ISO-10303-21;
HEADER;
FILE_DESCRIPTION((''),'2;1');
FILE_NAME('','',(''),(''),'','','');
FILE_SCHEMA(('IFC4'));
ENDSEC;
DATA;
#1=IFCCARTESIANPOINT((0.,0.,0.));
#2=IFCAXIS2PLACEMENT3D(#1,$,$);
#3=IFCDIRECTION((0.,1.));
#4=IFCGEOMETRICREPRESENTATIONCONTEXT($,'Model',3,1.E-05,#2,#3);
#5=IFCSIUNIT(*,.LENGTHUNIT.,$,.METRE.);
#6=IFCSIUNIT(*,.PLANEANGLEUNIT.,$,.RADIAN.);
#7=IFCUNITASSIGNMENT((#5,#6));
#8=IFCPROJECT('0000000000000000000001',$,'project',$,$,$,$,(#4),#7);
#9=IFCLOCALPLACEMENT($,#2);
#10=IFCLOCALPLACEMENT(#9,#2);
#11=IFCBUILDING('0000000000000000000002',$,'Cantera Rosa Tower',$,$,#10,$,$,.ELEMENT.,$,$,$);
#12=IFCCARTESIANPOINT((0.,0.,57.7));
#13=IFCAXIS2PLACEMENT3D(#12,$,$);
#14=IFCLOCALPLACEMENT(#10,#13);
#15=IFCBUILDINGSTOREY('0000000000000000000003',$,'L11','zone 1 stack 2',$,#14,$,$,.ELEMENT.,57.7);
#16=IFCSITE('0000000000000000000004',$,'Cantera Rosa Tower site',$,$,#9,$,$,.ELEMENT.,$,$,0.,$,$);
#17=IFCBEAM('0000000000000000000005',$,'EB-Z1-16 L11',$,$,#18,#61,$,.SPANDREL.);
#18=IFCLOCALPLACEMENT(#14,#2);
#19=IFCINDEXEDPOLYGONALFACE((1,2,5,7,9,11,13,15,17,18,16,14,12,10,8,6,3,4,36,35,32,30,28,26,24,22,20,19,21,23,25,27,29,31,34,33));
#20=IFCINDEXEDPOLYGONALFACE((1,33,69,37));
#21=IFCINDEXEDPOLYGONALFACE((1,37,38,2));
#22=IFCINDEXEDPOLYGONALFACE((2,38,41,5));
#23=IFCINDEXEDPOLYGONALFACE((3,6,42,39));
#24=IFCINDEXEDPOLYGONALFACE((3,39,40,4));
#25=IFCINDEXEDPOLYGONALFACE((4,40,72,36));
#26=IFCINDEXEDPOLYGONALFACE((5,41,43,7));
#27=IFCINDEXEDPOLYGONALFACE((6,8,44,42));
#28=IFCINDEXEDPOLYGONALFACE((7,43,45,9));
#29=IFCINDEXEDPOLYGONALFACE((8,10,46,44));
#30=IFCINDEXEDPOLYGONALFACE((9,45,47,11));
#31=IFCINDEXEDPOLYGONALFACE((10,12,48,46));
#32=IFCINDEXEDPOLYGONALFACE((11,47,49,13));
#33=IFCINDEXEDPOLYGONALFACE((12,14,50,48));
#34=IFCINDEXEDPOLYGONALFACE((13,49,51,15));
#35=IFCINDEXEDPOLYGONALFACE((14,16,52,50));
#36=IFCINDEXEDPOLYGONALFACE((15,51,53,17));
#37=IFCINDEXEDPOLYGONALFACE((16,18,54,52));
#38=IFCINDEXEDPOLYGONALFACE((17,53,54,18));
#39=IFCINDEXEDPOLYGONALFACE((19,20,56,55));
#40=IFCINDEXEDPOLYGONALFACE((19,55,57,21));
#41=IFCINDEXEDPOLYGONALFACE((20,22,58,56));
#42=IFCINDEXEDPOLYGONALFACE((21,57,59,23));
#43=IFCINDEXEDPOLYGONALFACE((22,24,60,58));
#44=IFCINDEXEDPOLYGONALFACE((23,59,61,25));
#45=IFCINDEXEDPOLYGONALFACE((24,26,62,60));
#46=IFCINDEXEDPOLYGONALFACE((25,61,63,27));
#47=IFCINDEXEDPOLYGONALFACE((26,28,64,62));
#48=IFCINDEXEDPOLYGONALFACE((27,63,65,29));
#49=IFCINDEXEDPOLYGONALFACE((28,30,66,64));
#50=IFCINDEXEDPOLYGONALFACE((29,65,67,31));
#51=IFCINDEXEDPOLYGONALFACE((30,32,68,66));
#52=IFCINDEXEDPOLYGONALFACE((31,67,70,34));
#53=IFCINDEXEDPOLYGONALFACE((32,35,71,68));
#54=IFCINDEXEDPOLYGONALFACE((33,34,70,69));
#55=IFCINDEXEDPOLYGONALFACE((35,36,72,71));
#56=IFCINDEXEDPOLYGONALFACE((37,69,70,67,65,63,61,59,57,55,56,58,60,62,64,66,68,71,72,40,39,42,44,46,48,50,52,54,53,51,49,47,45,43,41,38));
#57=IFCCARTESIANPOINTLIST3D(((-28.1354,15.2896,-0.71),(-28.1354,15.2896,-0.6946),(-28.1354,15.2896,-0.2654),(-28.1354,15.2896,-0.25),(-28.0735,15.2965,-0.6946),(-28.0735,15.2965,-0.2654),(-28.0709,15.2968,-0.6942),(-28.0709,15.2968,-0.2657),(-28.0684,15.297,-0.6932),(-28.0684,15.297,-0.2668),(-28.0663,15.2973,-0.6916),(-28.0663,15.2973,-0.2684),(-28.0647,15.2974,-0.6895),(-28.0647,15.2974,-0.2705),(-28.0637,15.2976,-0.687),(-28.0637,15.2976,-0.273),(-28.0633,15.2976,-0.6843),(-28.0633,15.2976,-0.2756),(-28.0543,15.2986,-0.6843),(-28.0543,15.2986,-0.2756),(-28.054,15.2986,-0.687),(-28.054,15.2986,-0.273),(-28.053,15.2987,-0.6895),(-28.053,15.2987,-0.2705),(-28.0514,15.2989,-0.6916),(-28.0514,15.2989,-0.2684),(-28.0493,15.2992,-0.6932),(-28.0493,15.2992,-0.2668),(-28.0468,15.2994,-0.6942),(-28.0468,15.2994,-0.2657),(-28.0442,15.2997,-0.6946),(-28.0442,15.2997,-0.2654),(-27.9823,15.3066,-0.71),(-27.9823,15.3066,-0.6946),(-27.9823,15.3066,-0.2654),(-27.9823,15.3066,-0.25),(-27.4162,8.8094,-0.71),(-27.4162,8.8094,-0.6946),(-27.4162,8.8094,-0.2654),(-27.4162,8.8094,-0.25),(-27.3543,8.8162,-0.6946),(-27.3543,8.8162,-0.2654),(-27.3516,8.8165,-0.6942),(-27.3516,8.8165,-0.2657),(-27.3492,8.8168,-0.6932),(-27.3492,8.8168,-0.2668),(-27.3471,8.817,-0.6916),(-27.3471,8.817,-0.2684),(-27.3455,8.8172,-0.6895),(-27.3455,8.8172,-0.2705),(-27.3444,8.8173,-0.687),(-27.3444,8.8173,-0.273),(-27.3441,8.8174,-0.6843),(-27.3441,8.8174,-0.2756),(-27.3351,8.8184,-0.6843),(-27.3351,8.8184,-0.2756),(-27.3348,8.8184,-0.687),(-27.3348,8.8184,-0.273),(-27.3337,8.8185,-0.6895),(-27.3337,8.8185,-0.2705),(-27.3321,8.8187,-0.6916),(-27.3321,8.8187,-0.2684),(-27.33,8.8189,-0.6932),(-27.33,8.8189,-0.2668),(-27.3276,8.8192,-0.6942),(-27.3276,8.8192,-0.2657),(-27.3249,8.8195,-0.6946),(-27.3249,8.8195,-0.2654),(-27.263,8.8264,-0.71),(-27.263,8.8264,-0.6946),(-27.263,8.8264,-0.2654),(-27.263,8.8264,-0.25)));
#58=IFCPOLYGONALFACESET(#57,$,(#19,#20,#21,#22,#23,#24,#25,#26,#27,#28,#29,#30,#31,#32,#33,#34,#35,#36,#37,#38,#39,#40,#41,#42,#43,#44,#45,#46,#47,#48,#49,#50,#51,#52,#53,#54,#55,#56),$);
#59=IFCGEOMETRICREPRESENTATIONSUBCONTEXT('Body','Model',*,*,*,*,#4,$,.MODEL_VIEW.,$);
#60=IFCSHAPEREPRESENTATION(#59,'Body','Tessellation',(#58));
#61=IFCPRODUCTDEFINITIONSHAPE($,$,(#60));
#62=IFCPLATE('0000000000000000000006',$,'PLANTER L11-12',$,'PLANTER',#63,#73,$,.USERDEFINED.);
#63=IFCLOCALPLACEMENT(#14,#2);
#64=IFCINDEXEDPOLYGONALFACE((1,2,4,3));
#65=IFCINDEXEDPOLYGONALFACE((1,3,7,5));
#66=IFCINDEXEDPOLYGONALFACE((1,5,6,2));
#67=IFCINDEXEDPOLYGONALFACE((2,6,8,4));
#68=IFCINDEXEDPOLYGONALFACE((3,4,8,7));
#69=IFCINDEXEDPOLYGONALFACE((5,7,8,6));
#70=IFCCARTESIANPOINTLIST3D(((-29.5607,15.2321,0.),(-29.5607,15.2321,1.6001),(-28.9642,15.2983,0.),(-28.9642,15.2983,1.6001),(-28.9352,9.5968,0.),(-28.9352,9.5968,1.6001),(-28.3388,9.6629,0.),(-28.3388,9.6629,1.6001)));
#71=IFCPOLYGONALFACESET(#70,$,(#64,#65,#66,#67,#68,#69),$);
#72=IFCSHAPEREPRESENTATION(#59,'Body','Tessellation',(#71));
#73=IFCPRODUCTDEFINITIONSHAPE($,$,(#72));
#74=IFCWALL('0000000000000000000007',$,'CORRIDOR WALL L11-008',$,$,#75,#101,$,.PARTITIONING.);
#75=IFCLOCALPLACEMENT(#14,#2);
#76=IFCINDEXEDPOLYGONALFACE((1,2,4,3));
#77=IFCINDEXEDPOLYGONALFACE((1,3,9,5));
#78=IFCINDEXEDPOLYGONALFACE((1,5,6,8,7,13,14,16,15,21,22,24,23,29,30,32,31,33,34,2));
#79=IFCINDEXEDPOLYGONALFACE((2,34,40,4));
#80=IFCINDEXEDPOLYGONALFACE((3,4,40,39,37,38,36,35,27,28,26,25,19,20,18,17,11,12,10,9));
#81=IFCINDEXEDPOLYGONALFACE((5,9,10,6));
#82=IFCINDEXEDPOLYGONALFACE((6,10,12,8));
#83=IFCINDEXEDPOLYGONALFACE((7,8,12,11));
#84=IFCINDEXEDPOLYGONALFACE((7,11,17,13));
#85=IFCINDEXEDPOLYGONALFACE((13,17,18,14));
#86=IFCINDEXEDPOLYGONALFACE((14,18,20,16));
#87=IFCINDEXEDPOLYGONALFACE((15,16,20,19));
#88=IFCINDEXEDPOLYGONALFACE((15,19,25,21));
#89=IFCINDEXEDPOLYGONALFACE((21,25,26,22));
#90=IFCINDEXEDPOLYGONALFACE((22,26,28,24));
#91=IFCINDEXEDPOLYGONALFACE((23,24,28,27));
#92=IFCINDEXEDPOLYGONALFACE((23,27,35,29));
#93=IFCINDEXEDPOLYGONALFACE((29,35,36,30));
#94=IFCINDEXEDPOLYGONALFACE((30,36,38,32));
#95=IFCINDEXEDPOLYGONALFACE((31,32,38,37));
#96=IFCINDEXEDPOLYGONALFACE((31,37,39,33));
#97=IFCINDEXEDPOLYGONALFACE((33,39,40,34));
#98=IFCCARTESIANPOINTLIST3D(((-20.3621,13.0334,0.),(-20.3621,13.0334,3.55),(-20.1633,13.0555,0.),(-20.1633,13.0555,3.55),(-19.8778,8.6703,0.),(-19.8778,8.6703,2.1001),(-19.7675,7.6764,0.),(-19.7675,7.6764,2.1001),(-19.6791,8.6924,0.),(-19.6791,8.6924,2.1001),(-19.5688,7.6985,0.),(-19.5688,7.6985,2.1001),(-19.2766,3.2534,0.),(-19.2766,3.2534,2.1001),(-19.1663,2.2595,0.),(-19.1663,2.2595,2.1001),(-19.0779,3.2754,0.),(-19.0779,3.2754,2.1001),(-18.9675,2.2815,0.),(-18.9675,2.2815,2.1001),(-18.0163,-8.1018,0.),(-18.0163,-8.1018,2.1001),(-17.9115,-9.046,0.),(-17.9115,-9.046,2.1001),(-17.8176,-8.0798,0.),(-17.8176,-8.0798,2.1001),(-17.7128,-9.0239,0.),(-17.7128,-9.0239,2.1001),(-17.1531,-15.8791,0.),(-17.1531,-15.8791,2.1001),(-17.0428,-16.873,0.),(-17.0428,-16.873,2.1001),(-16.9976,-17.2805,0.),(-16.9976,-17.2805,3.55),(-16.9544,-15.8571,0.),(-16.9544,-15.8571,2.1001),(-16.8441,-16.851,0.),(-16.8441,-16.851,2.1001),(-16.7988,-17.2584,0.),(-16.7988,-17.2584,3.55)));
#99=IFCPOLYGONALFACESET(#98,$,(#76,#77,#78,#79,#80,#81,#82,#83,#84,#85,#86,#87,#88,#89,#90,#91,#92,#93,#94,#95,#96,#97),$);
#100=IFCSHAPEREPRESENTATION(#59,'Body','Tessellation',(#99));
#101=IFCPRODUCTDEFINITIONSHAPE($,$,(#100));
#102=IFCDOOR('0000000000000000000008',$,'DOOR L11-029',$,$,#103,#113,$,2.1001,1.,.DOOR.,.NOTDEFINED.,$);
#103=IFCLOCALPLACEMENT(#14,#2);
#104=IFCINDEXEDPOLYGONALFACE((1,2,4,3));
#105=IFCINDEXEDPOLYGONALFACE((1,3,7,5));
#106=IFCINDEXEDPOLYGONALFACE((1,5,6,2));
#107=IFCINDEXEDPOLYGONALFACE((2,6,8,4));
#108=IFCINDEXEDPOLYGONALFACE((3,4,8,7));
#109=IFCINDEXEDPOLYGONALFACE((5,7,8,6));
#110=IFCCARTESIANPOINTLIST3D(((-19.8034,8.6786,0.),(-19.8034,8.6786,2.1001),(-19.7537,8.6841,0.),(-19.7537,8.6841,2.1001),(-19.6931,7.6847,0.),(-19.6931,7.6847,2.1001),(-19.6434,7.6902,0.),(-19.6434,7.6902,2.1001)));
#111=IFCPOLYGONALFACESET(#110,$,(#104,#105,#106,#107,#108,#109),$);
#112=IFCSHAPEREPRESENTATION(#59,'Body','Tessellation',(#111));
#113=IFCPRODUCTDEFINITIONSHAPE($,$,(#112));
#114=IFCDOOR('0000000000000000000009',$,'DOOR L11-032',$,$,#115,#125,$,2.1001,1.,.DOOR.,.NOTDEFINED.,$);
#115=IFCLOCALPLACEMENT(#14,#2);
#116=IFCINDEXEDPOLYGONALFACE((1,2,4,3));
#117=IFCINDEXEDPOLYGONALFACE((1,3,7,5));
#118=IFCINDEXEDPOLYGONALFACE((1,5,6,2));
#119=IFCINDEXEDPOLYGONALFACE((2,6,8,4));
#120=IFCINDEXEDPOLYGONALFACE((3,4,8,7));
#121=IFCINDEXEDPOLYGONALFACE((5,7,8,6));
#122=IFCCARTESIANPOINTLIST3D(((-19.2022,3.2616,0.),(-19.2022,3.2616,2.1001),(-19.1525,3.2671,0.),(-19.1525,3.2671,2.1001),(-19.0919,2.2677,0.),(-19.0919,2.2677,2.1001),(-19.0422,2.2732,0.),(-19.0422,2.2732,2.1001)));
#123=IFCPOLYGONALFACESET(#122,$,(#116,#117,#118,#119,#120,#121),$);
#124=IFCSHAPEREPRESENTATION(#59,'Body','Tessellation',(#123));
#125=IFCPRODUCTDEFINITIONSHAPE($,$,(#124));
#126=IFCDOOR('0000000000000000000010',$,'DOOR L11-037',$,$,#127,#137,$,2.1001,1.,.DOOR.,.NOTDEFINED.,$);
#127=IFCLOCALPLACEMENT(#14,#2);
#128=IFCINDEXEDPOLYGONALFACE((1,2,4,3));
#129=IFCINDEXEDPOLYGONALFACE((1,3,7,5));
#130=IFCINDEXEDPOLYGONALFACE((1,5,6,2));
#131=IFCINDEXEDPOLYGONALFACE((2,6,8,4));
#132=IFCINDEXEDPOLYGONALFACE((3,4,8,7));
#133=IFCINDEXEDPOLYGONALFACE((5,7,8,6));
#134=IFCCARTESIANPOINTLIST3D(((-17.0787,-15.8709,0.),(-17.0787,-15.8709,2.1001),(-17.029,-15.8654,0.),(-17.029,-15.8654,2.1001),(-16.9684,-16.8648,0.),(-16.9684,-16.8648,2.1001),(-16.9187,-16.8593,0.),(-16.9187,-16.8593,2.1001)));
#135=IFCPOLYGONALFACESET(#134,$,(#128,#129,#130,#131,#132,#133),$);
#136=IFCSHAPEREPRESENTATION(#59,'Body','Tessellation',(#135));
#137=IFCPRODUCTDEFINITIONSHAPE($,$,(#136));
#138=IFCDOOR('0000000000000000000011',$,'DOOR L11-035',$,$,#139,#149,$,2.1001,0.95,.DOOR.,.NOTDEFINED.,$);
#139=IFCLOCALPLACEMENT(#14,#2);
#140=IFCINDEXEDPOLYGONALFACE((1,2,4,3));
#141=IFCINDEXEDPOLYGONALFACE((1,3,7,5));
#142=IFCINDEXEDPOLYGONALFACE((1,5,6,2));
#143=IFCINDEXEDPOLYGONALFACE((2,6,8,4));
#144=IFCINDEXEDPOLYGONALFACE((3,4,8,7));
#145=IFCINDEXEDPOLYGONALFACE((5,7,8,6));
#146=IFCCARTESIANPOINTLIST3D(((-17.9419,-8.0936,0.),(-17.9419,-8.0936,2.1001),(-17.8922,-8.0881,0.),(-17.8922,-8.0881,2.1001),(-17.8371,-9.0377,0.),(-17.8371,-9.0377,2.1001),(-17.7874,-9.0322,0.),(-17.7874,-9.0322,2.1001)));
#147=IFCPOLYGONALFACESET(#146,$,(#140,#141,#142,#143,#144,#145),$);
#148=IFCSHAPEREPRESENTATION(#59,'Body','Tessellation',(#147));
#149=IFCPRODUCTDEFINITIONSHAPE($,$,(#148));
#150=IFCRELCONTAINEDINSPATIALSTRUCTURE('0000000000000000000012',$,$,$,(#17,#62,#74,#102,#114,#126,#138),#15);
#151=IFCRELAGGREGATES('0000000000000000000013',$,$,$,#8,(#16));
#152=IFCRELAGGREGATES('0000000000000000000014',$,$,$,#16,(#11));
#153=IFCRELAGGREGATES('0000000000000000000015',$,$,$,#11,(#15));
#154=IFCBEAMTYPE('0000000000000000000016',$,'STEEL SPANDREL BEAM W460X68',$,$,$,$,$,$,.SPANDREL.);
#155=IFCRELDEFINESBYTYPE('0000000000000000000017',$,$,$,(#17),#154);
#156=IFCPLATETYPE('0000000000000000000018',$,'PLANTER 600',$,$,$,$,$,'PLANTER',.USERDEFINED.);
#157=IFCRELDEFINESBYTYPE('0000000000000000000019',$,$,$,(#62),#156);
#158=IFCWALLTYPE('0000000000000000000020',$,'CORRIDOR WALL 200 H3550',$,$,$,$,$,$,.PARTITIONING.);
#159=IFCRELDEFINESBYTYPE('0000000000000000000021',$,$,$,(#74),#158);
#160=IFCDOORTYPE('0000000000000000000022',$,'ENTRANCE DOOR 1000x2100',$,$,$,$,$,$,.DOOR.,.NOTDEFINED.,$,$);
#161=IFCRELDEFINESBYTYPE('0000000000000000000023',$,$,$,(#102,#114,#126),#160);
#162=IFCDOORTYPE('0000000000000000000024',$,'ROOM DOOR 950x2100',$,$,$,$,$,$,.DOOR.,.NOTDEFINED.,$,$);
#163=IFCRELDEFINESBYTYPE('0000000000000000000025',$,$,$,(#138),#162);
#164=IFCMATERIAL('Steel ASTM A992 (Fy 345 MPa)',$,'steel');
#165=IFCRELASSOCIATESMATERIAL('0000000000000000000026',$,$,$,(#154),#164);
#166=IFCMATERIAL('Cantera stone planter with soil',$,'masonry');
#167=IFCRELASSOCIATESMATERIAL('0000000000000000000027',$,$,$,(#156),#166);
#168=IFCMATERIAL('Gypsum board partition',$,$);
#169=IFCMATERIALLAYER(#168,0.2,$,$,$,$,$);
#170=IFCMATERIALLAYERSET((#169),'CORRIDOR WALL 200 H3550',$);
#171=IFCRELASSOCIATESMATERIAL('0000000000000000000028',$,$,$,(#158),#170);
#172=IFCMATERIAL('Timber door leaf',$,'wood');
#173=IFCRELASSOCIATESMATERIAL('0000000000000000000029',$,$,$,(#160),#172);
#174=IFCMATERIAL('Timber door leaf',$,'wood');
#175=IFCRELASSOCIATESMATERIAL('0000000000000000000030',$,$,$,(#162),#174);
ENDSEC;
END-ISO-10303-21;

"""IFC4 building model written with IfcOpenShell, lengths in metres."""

from ifc_helpers import new_model, si_unit, direction, frame, frame_2d, origin, origin_2d, place, context, subcontext, project, spatial, rectangle, i_section, extrude, material, layer, layer_set, material_profile, profile_set, type_object, element, fill, save


model = new_model("IFC4")

# Units and contexts
model_context = context("Model", 3, precision=1e-05, world=origin(), true_north=direction((0.0, 1.0)))
body_context = subcontext(model_context, "Body", "Model", "MODEL_VIEW")
ifc_project = project(units=[si_unit("LENGTHUNIT", "METRE"), si_unit("PLANEANGLEUNIT", "RADIAN")], contexts=[model_context])

# Site, building, storey
site_placement = place(None, origin())
site = spatial("IfcSite", under=ifc_project, at=site_placement, Name="Cantera Rosa Tower site", CompositionType="ELEMENT", RefElevation=0.0)
building_placement = place(site_placement, origin())
building = spatial("IfcBuilding", under=site, at=building_placement, Name="Cantera Rosa Tower", CompositionType="ELEMENT")
storey_placement = place(building_placement, frame((0.0, 0.0, 57.7)))
storey = spatial("IfcBuildingStorey", under=building, at=storey_placement, Name="L11", Description="zone 1 stack 2", CompositionType="ELEMENT", Elevation=57.7)

# Beam
ifc_material_1 = material(Name="Steel ASTM A992 (Fy 345 MPa)", Category="steel")
ifc_material_profile_1 = material_profile(ifc_material_1, i_section(OverallWidth=0.1541, OverallDepth=0.46, WebThickness=0.009, FlangeThickness=0.0154, FilletRadius=0.0103, at=origin_2d()), Name="W460X68")
ifc_profile_set_1 = profile_set([ifc_material_profile_1], Name="Steel ASTM A992 (Fy 345 MPa)")
beam_type_1 = type_object("IfcBeamType", Name="STEEL SPANDREL BEAM W460X68", PredefinedType="SPANDREL", material=ifc_profile_set_1)
beam_1_placement = place(storey_placement, frame((-28.0588, 15.2981, -0.48), z_axis=(0.110312, -0.993897, 0.0), x_axis=(0.993897, 0.110312, 0.0)))
element("IfcBeam", 1, at=beam_1_placement, inside=storey, type_object=beam_type_1, Name="EB-Z1-16 L11", PredefinedType="SPANDREL", context=body_context, shape_type="SweptSolid", body=[
    extrude(i_section(OverallWidth=0.1541, OverallDepth=0.46, WebThickness=0.009, FlangeThickness=0.0154, FilletRadius=0.0103, at=origin_2d()), origin(), (0.0, 0.0, 1.0), 6.52),
])

# Plate
ifc_material_2 = material(Name="Cantera stone planter with soil", Category="masonry")
plate_type = type_object("IfcPlateType", Name="PLANTER 600", ElementType="PLANTER", PredefinedType="USERDEFINED", material=ifc_material_2)
plate_placement = place(storey_placement, frame((-28.9497, 12.4475, 0.0), z_axis=(0.0, 0.0, 1.0), x_axis=(0.110313, -0.993897, 0.0)))
element("IfcPlate", 2, at=plate_placement, inside=storey, type_object=plate_type, Name="PLANTER L11-12", ObjectType="PLANTER", PredefinedType="USERDEFINED", context=body_context, shape_type="SweptSolid", body=[
    extrude(rectangle(XDim=5.6699, YDim=0.6001, at=origin_2d()), origin(), (0.0, 0.0, 1.0), 1.6001),
])

# Wall, openings, doors
ifc_material_3 = material(Name="Gypsum board partition")
ifc_layer_1 = layer(ifc_material_3, 0.2)
ifc_layer_set_1 = layer_set([ifc_layer_1], Name="CORRIDOR WALL 200 H3550")
wall_type_1 = type_object("IfcWallType", Name="CORRIDOR WALL 200 H3550", PredefinedType="PARTITIONING", material=ifc_layer_set_1)
wall_1_placement = place(storey_placement, frame((-20.2627, 13.0444, 0.0), z_axis=(0.0, 0.0, 1.0), x_axis=(0.110311, -0.993897, 0.0)))
wall_1 = element("IfcWall", 3, at=wall_1_placement, inside=storey, type_object=wall_type_1, Name="CORRIDOR WALL L11-008", PredefinedType="PARTITIONING", context=body_context, shape_type="SweptSolid", body=[
    extrude(rectangle(XDim=30.5, YDim=0.2, at=frame_2d((15.25, 0.0))), origin(), (0.0, 0.0, 1.0), 3.55),
])
opening_1_placement = place(wall_1_placement, frame((4.3899, 0.0, 0.0)))
opening_1 = element("IfcOpeningElement", 4, at=opening_1_placement, cuts=wall_1, PredefinedType="OPENING", context=body_context, shape_type="SweptSolid", body=[
    extrude(rectangle(XDim=1.0, YDim=2.1001, at=frame_2d((0.5, 1.05))), frame((0.0, 0.1099, 0.0), z_axis=(0.0, -1.0, 0.0), x_axis=(1.0, 0.0, 0.0)), (0.0, 0.0, 1.0), 0.22),
])
opening_2_placement = place(wall_1_placement, frame((9.8401, 0.0, 0.0)))
opening_2 = element("IfcOpeningElement", 5, at=opening_2_placement, cuts=wall_1, PredefinedType="OPENING", context=body_context, shape_type="SweptSolid", body=[
    extrude(rectangle(XDim=1.0, YDim=2.1001, at=frame_2d((0.5, 1.05))), frame((0.0, 0.1099, 0.0), z_axis=(0.0, -1.0, 0.0), x_axis=(1.0, 0.0, 0.0)), (0.0, 0.0, 1.0), 0.22),
])
opening_3_placement = place(wall_1_placement, frame((21.2649, 0.0, 0.0)))
opening_3 = element("IfcOpeningElement", 6, at=opening_3_placement, cuts=wall_1, PredefinedType="OPENING", context=body_context, shape_type="SweptSolid", body=[
    extrude(rectangle(XDim=0.95, YDim=2.1001, at=frame_2d((0.4751, 1.05))), frame((0.0, 0.1099, 0.0), z_axis=(0.0, -1.0, 0.0), x_axis=(1.0, 0.0, 0.0)), (0.0, 0.0, 1.0), 0.22),
])
opening_4_placement = place(wall_1_placement, frame((29.0901, 0.0, 0.0)))
opening_4 = element("IfcOpeningElement", 7, at=opening_4_placement, cuts=wall_1, PredefinedType="OPENING", context=body_context, shape_type="SweptSolid", body=[
    extrude(rectangle(XDim=1.0, YDim=2.1001, at=frame_2d((0.5, 1.05))), frame((0.0, 0.1099, 0.0), z_axis=(0.0, -1.0, 0.0), x_axis=(1.0, 0.0, 0.0)), (0.0, 0.0, 1.0), 0.22),
])
ifc_material_4 = material(Name="Timber door leaf", Category="wood")
door_type_1 = type_object("IfcDoorType", Name="ENTRANCE DOOR 1000x2100", OperationType="NOTDEFINED", PredefinedType="DOOR", material=ifc_material_4)
door_1_placement = place(opening_1_placement, origin())
door_1 = element("IfcDoor", 8, at=door_1_placement, inside=storey, type_object=door_type_1, Name="DOOR L11-029", OperationType="NOTDEFINED", OverallHeight=2.1001, OverallWidth=1.0, PredefinedType="DOOR", context=body_context, shape_type="SweptSolid", body=[
    extrude(rectangle(XDim=1.0, YDim=2.1001, at=frame_2d((0.5, 1.05))), frame((0.0, 0.0249, 0.0), z_axis=(0.0, -1.0, 0.0), x_axis=(1.0, 0.0, 0.0)), (0.0, 0.0, 1.0), 0.05),
])
fill(opening_1, door_1)
door_2_placement = place(opening_2_placement, origin())
door_2 = element("IfcDoor", 9, at=door_2_placement, inside=storey, type_object=door_type_1, Name="DOOR L11-032", OperationType="NOTDEFINED", OverallHeight=2.1001, OverallWidth=1.0, PredefinedType="DOOR", context=body_context, shape_type="SweptSolid", body=[
    extrude(rectangle(XDim=1.0, YDim=2.1001, at=frame_2d((0.5, 1.05))), frame((0.0, 0.0249, 0.0), z_axis=(0.0, -1.0, 0.0), x_axis=(1.0, 0.0, 0.0)), (0.0, 0.0, 1.0), 0.05),
])
fill(opening_2, door_2)
door_3_placement = place(opening_4_placement, origin())
door_3 = element("IfcDoor", 10, at=door_3_placement, inside=storey, type_object=door_type_1, Name="DOOR L11-037", OperationType="NOTDEFINED", OverallHeight=2.1001, OverallWidth=1.0, PredefinedType="DOOR", context=body_context, shape_type="SweptSolid", body=[
    extrude(rectangle(XDim=1.0, YDim=2.1001, at=frame_2d((0.5, 1.05))), frame((0.0, 0.0249, 0.0), z_axis=(0.0, -1.0, 0.0), x_axis=(1.0, 0.0, 0.0)), (0.0, 0.0, 1.0), 0.05),
])
fill(opening_4, door_3)
ifc_material_5 = material(Name="Timber door leaf", Category="wood")
door_type_2 = type_object("IfcDoorType", Name="ROOM DOOR 950x2100", OperationType="NOTDEFINED", PredefinedType="DOOR", material=ifc_material_5)
door_4_placement = place(opening_3_placement, origin())
door_4 = element("IfcDoor", 11, at=door_4_placement, inside=storey, type_object=door_type_2, Name="DOOR L11-035", OperationType="NOTDEFINED", OverallHeight=2.1001, OverallWidth=0.95, PredefinedType="DOOR", context=body_context, shape_type="SweptSolid", body=[
    extrude(rectangle(XDim=0.95, YDim=2.1001, at=frame_2d((0.4751, 1.05))), frame((0.0, 0.0249, 0.0), z_axis=(0.0, -1.0, 0.0), x_axis=(1.0, 0.0, 0.0)), (0.0, 0.0, 1.0), 0.05),
])
fill(opening_3, door_4)

save(model, "model.ifc")
